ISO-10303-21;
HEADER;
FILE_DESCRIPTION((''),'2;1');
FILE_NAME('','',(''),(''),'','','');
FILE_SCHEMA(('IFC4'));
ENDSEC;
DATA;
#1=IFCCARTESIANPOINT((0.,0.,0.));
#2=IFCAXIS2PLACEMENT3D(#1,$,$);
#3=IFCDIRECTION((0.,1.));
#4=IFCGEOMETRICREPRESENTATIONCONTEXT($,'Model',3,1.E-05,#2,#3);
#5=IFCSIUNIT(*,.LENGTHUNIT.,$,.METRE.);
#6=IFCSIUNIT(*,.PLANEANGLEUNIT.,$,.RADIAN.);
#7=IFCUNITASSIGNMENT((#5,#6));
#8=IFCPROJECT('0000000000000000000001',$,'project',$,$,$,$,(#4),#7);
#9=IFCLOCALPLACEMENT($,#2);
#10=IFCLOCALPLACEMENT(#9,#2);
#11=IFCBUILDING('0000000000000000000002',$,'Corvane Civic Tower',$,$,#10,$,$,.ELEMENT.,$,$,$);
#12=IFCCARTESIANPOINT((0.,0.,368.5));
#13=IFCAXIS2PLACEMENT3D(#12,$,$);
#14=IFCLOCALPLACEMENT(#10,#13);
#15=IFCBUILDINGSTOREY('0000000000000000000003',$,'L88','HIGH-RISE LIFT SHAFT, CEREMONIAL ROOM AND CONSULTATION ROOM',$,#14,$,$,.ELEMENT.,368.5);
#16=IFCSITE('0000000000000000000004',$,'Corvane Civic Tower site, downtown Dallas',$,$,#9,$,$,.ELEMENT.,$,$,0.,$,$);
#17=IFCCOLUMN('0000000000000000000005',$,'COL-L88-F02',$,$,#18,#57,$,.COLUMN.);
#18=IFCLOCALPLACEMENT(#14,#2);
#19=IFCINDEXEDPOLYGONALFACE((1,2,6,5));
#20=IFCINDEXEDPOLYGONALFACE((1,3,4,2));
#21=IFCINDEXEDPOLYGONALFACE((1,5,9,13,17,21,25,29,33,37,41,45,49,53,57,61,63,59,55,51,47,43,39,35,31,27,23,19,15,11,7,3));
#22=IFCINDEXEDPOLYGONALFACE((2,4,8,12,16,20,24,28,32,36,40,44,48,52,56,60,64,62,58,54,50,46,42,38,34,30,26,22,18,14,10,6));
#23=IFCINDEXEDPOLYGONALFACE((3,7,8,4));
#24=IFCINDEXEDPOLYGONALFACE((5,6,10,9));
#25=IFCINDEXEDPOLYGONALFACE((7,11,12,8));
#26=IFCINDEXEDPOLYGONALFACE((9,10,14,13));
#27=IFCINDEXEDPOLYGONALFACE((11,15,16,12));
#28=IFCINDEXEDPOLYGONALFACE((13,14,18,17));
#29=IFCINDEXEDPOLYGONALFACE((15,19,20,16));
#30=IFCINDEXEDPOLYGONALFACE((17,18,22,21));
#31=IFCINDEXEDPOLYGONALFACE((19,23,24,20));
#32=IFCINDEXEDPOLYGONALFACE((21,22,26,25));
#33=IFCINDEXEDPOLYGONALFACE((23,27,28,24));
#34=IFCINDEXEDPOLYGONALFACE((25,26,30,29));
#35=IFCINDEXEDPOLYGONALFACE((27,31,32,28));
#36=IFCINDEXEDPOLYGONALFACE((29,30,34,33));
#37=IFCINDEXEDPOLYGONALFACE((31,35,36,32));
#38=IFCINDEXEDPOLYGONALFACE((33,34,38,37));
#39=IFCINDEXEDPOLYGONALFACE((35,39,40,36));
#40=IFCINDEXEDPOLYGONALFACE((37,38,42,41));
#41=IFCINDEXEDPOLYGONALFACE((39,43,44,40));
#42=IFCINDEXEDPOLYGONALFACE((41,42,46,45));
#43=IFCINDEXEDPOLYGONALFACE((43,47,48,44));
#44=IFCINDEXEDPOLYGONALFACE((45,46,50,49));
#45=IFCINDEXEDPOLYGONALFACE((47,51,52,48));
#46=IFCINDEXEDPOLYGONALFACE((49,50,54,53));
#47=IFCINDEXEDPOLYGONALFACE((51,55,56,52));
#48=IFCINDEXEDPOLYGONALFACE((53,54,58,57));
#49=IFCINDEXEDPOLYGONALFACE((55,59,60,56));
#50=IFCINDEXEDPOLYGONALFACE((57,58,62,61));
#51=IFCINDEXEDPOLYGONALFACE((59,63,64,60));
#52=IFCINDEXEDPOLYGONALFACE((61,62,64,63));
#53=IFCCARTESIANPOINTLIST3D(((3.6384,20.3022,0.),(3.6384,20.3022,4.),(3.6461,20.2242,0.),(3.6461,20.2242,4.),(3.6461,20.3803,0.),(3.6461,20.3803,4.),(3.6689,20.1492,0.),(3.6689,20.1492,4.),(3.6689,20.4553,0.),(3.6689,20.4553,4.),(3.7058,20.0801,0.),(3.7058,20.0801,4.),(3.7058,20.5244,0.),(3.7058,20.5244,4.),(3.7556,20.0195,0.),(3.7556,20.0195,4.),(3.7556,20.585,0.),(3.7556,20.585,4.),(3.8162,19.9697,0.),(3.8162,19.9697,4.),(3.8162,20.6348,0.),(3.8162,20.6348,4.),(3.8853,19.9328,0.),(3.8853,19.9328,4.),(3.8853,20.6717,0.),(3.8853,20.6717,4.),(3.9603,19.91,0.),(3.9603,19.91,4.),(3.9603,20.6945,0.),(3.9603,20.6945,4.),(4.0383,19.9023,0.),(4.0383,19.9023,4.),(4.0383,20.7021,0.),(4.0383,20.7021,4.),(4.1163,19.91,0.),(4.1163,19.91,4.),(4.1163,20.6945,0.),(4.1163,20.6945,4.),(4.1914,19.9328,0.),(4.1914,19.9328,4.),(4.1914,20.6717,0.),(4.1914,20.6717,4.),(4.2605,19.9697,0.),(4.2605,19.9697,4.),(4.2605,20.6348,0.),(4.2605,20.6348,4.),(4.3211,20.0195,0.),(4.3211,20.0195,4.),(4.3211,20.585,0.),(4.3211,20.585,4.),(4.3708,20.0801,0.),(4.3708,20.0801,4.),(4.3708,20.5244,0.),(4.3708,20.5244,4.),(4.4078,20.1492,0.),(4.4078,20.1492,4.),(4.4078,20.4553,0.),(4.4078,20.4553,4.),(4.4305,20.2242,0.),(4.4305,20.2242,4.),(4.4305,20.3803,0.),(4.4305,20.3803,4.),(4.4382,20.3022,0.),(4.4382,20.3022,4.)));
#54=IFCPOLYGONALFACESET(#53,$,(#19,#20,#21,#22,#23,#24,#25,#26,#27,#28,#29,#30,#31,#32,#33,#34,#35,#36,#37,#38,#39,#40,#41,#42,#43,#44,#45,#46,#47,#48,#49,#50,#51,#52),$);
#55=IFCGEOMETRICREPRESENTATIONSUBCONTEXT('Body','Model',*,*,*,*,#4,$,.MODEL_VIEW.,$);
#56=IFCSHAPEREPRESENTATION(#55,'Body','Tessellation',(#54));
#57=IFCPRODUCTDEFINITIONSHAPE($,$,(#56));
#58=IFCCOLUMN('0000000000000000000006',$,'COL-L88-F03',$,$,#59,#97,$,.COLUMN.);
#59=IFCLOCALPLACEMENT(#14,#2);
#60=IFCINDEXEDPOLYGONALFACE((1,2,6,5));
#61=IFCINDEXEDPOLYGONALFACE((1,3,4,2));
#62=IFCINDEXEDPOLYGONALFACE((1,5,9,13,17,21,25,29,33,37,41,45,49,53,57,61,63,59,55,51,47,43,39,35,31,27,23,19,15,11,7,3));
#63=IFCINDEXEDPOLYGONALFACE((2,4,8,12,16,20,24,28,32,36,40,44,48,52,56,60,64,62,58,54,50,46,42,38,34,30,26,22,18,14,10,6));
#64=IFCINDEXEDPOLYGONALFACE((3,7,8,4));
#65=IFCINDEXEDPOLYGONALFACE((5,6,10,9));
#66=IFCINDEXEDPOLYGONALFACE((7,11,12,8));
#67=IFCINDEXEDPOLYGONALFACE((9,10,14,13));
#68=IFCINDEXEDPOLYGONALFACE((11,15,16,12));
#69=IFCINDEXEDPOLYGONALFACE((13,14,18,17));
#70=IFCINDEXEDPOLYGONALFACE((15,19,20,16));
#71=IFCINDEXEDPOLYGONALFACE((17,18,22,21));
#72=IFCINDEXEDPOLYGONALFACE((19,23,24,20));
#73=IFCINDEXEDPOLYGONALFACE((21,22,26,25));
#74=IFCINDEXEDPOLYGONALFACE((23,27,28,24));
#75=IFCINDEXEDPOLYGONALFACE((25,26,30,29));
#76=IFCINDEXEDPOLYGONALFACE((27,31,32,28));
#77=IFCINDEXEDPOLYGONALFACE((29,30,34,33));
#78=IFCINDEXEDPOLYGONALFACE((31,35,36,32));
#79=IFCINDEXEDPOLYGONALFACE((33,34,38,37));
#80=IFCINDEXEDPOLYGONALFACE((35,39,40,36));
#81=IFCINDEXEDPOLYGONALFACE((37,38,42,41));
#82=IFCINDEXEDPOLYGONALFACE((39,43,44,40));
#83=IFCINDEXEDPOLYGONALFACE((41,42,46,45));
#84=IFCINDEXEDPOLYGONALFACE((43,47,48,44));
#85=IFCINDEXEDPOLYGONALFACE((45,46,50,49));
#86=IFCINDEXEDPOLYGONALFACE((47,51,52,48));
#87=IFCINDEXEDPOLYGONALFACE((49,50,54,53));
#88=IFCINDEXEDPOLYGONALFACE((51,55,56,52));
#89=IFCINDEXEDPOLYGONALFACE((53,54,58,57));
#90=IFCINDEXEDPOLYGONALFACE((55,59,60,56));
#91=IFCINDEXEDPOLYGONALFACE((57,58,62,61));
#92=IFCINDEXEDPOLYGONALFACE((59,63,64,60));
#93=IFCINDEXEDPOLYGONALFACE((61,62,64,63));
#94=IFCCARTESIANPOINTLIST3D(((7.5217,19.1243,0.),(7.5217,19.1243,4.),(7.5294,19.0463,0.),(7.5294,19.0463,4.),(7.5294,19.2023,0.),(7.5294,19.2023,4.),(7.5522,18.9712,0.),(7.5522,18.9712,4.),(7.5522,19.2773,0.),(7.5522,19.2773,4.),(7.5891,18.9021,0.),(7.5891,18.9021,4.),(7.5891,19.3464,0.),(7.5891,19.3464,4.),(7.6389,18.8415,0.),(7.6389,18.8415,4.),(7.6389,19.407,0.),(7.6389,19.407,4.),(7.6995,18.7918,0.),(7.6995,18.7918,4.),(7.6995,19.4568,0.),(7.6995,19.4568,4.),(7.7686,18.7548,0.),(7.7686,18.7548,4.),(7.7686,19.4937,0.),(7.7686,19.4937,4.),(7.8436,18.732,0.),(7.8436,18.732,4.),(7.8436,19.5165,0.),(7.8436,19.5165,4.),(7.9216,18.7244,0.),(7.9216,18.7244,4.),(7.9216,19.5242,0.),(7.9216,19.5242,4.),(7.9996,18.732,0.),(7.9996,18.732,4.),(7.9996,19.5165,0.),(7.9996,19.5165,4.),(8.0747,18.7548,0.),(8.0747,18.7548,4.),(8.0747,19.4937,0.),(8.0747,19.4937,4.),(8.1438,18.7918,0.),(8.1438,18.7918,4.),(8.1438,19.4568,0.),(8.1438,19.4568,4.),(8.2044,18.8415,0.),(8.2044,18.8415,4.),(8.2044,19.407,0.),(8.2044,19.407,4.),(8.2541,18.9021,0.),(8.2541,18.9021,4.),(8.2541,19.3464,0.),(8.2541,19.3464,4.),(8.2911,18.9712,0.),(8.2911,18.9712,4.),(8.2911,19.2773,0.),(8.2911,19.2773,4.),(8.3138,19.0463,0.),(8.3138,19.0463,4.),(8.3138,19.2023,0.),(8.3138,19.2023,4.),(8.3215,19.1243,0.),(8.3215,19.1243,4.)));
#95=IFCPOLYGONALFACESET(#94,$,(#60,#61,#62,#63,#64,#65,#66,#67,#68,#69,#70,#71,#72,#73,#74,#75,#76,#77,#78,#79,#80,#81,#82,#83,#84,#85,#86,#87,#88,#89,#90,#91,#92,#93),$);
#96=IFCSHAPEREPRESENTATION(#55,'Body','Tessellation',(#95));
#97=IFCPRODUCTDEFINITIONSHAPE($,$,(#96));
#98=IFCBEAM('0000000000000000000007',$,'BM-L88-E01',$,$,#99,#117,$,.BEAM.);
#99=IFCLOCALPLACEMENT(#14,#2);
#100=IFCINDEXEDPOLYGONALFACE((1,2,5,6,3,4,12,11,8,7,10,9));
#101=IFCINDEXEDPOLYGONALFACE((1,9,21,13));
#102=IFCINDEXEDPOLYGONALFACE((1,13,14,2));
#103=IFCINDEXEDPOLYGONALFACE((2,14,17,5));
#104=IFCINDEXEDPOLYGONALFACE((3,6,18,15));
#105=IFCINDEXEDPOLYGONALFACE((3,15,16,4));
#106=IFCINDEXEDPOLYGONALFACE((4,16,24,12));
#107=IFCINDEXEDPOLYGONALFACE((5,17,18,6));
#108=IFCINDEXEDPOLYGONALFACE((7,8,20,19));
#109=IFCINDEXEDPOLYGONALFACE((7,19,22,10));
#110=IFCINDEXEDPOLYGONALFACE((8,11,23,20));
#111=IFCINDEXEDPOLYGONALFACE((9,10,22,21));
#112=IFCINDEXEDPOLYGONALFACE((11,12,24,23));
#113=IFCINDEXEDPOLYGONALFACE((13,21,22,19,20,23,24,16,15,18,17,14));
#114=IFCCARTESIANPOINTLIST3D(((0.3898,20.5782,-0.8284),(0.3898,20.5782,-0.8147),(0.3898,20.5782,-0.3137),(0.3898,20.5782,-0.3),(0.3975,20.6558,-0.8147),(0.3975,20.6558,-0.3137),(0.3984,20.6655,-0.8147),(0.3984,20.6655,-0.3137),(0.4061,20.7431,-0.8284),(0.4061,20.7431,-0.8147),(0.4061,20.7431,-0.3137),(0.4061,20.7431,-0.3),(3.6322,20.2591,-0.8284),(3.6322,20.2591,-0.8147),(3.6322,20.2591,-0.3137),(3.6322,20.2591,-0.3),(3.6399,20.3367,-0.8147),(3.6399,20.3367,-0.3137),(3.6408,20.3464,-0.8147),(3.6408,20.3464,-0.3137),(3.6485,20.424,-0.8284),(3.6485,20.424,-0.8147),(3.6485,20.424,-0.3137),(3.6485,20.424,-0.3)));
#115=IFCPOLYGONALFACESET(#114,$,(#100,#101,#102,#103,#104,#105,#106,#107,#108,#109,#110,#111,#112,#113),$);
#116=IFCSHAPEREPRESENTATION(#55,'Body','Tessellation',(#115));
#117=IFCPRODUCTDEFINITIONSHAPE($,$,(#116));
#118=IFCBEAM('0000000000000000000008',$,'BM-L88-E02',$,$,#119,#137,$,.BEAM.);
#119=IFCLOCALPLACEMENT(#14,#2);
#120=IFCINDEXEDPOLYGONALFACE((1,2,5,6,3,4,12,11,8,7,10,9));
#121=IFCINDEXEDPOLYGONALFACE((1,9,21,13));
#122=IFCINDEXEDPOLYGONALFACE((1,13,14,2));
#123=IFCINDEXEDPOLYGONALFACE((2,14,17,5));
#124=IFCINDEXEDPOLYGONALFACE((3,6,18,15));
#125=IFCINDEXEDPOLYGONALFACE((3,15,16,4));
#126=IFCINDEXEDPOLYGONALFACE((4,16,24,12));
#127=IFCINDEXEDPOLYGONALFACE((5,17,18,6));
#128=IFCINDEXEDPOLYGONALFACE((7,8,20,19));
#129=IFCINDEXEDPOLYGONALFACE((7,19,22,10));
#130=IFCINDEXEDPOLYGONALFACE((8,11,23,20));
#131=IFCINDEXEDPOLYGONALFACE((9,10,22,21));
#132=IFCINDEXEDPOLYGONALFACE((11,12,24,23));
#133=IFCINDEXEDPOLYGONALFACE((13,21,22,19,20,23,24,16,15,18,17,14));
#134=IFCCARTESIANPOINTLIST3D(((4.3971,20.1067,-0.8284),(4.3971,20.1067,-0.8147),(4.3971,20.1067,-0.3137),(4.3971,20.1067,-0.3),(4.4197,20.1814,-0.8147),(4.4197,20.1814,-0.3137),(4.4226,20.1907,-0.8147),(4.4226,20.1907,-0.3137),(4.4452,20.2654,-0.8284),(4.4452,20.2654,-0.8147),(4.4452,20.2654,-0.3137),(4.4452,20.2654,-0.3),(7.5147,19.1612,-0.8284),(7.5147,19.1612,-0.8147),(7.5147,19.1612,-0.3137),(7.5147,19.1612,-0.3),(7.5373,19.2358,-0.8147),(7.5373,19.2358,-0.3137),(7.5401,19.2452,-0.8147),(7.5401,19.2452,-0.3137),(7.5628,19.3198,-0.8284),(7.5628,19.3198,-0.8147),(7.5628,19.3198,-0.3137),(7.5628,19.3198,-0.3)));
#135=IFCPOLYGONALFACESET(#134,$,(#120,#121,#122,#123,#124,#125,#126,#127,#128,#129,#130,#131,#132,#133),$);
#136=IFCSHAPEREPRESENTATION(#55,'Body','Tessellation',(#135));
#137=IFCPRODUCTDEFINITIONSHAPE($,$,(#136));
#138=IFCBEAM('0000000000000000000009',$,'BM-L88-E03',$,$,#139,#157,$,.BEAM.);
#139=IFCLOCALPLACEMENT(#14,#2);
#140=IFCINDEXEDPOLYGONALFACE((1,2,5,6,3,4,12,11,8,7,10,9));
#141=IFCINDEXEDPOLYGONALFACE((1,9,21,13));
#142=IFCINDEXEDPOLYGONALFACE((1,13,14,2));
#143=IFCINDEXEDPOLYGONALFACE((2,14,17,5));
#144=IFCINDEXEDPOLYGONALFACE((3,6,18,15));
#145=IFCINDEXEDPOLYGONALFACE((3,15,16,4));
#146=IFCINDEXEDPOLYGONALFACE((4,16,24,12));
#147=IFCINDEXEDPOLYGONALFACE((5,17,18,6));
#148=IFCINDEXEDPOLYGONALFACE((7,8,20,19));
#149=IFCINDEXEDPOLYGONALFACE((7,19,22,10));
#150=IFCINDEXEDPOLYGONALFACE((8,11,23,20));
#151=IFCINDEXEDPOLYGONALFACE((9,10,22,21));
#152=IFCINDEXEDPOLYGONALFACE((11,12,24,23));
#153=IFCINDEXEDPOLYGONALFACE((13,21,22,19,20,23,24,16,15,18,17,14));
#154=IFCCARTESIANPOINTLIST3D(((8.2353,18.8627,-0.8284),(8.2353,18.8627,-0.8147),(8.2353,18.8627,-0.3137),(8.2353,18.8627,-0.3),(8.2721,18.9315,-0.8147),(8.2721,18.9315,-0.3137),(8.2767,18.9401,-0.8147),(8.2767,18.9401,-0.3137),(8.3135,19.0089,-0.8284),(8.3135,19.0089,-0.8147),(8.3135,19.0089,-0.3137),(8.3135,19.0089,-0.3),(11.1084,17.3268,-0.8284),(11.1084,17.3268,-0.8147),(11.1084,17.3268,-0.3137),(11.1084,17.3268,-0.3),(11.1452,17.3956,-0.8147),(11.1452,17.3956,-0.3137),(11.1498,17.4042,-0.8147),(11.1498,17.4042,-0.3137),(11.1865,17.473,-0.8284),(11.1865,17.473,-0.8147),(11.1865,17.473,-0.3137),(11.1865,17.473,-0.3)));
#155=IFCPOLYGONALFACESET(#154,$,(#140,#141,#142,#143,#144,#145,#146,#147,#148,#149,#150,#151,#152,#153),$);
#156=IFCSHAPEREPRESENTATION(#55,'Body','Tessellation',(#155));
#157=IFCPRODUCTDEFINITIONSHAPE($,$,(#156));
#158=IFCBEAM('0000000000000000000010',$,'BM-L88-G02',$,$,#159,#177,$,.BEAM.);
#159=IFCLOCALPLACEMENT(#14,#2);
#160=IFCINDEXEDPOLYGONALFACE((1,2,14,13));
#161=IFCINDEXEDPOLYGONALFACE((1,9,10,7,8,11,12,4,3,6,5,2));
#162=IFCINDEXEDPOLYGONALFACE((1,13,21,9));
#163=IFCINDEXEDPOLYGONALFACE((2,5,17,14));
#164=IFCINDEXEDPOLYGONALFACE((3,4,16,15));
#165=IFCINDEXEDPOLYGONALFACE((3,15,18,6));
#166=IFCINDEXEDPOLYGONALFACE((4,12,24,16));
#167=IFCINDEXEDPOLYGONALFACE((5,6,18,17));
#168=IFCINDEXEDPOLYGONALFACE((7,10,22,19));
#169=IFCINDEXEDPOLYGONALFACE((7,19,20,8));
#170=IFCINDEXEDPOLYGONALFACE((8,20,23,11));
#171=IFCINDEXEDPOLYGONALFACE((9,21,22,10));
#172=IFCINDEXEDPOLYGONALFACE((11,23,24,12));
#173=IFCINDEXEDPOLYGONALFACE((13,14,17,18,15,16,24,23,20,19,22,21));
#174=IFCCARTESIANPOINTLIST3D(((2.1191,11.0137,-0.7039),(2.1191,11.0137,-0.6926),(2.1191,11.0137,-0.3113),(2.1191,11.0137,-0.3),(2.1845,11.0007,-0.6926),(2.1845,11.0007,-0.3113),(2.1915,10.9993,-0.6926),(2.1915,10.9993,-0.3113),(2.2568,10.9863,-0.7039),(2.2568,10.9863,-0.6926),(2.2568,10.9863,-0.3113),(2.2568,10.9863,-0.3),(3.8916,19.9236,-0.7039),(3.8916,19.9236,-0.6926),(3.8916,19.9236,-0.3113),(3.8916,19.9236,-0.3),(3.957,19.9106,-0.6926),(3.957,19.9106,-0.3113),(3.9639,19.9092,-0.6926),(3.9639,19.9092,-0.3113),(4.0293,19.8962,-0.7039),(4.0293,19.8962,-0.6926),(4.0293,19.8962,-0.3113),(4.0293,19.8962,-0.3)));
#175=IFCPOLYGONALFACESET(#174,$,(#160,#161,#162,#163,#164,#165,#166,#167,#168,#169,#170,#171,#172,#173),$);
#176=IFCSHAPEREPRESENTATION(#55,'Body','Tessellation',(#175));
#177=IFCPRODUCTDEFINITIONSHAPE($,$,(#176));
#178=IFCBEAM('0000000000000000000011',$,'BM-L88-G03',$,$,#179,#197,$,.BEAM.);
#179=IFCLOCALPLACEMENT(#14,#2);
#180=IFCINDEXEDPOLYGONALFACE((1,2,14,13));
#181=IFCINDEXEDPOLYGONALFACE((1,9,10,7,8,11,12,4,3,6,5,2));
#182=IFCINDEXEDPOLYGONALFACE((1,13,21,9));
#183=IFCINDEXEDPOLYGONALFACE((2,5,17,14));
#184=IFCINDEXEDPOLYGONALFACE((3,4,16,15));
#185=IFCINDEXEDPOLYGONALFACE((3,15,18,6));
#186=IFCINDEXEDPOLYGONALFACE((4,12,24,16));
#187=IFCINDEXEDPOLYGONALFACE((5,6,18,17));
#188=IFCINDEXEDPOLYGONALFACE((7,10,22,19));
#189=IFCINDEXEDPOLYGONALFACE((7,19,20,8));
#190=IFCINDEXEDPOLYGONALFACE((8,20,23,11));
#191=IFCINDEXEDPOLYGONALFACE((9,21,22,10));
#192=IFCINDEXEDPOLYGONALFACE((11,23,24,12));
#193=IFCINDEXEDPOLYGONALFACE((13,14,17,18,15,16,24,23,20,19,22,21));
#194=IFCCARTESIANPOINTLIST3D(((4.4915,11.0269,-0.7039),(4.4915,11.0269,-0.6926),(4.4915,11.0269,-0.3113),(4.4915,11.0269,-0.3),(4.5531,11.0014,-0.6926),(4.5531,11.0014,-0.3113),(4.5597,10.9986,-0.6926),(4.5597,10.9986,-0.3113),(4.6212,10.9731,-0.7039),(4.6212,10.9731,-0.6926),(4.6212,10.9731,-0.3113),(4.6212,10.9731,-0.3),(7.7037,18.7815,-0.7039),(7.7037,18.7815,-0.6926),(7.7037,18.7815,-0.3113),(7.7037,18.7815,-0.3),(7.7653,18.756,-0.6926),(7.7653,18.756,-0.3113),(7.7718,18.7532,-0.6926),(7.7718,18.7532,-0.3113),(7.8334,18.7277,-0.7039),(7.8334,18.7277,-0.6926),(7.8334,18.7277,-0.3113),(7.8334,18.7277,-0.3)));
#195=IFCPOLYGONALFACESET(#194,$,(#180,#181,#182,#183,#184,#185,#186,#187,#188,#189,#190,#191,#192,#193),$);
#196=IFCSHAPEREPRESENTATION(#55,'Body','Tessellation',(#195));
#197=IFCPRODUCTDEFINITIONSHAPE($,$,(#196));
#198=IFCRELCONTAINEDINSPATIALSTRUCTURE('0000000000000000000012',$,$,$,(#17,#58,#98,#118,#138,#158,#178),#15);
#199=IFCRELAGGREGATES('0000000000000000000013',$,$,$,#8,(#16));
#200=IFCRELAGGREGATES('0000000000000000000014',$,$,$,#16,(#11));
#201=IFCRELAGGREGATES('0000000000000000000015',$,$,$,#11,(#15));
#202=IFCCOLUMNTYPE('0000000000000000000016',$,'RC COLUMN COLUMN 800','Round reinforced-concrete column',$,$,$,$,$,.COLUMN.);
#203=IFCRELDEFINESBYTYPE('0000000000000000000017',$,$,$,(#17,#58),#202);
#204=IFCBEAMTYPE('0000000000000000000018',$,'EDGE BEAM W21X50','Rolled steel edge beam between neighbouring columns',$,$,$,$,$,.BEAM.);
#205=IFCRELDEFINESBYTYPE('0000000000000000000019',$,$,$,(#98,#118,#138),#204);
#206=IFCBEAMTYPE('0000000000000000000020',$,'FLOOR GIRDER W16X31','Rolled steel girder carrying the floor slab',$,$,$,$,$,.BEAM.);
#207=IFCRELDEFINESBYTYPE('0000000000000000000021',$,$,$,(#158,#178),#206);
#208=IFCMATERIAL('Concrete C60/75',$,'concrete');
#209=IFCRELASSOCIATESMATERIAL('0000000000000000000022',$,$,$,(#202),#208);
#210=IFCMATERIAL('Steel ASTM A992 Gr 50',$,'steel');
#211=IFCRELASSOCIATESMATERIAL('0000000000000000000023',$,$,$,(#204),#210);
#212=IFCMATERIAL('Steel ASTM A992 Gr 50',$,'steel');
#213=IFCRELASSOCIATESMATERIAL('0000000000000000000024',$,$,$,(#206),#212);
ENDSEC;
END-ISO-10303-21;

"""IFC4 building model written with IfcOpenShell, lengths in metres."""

from ifc_helpers import new_model, si_unit, direction, frame, origin, origin_2d, place, context, subcontext, project, spatial, circle, i_section, extrude, material, material_profile, profile_set, type_object, element, save


model = new_model("IFC4")

# Units and contexts
model_context = context("Model", 3, precision=1e-05, world=origin(), true_north=direction((0.0, 1.0)))
body_context = subcontext(model_context, "Body", "Model", "MODEL_VIEW")
ifc_project = project(units=[si_unit("LENGTHUNIT", "METRE"), si_unit("PLANEANGLEUNIT", "RADIAN")], contexts=[model_context])

# Site, building, storey
site_placement = place(None, origin())
site = spatial("IfcSite", under=ifc_project, at=site_placement, Name="Corvane Civic Tower site, downtown Dallas", CompositionType="ELEMENT", RefElevation=0.0)
building_placement = place(site_placement, origin())
building = spatial("IfcBuilding", under=site, at=building_placement, Name="Corvane Civic Tower", CompositionType="ELEMENT")
storey_placement = place(building_placement, frame((0.0, 0.0, 368.5)))
storey = spatial("IfcBuildingStorey", under=building, at=storey_placement, Name="L88", Description="HIGH-RISE LIFT SHAFT, CEREMONIAL ROOM AND CONSULTATION ROOM", CompositionType="ELEMENT", Elevation=368.5)

# Columns
ifc_material_1 = material(Name="Concrete C60/75", Category="concrete")
ifc_material_profile_1 = material_profile(ifc_material_1, circle(Radius=0.3999, at=origin_2d()), Name="COLUMN 800")
ifc_profile_set_1 = profile_set([ifc_material_profile_1], Name="Concrete C60/75")
column_type = type_object("IfcColumnType", Name="RC COLUMN COLUMN 800", Description="Round reinforced-concrete column", PredefinedType="COLUMN", material=ifc_profile_set_1)
for number, where, z_axis, x_axis, name in (
    (1, (4.0383, 20.3022, 0.0), (0.0, 0.0, 1.0), (1.0, 0.0, 0.0), "COL-L88-F02"),
    (2, (7.9216, 19.1243, 0.0), (0.0, 0.0, 1.0), (1.0, 0.0, 0.0), "COL-L88-F03"),
):
    element("IfcColumn", number, at=place(storey_placement, frame(where, z_axis=z_axis, x_axis=x_axis)), inside=storey, type_object=column_type, Name=name, PredefinedType="COLUMN", context=body_context, shape_type="SweptSolid", body=[
        extrude(circle(Radius=0.3999, at=origin_2d()), origin(), (0.0, 0.0, 1.0), 4.0),
    ])

# Beams
ifc_material_2 = material(Name="Steel ASTM A992 Gr 50", Category="steel")
ifc_material_profile_2 = material_profile(ifc_material_2, i_section(OverallWidth=0.1658, OverallDepth=0.5283, WebThickness=0.0098, FlangeThickness=0.0137, at=origin_2d()), Name="W21X50")
ifc_profile_set_2 = profile_set([ifc_material_profile_2], Name="Steel ASTM A992 Gr 50")
beam_type_1 = type_object("IfcBeamType", Name="EDGE BEAM W21X50", Description="Rolled steel edge beam between neighbouring columns", PredefinedType="BEAM", material=ifc_profile_set_2)
beam_1_placement = place(storey_placement, frame((0.3979, 20.6606, -0.5642), z_axis=(0.995193, -0.097938, 0.0), x_axis=(0.097938, 0.995193, 0.0)))
element("IfcBeam", 3, at=beam_1_placement, inside=storey, type_object=beam_type_1, Name="BM-L88-E01", PredefinedType="BEAM", context=body_context, shape_type="SweptSolid", body=[
    extrude(i_section(OverallWidth=0.1658, OverallDepth=0.5283, WebThickness=0.0098, FlangeThickness=0.0137, at=origin_2d()), origin(), (0.0, 0.0, 1.0), 3.2581),
])
for number, where, z_axis, x_axis, name in (
    (4, (4.4211, 20.186, -0.5642), (0.956956, -0.290234, 0.0), (0.290234, 0.956956, 0.0), "BM-L88-E02"),
    (5, (8.2744, 18.9358, -0.5642), (0.881894, -0.471448, 0.0), (0.471448, 0.881894, 0.0), "BM-L88-E03"),
):
    element("IfcBeam", number, at=place(storey_placement, frame(where, z_axis=z_axis, x_axis=x_axis)), inside=storey, type_object=beam_type_1, Name=name, PredefinedType="BEAM", context=body_context, shape_type="SweptSolid", body=[
        extrude(i_section(OverallWidth=0.1658, OverallDepth=0.5283, WebThickness=0.0098, FlangeThickness=0.0137, at=origin_2d()), origin(), (0.0, 0.0, 1.0), 3.2578),
    ])
ifc_material_3 = material(Name="Steel ASTM A992 Gr 50", Category="steel")
ifc_material_profile_3 = material_profile(ifc_material_3, i_section(OverallWidth=0.1404, OverallDepth=0.4038, WebThickness=0.0071, FlangeThickness=0.0112, at=origin_2d()), Name="W16X31")
ifc_profile_set_3 = profile_set([ifc_material_profile_3], Name="Steel ASTM A992 Gr 50")
beam_type_2 = type_object("IfcBeamType", Name="FLOOR GIRDER W16X31", Description="Rolled steel girder carrying the floor slab", PredefinedType="BEAM", material=ifc_profile_set_3)
beam_2_placement = place(storey_placement, frame((2.188, 11.0, -0.502), z_axis=(0.195108, 0.980782, 0.0), x_axis=(-0.980782, 0.195108, 0.0)))
element("IfcBeam", 6, at=beam_2_placement, inside=storey, type_object=beam_type_2, Name="BM-L88-G02", PredefinedType="BEAM", context=body_context, shape_type="SweptSolid", body=[
    extrude(i_section(OverallWidth=0.1404, OverallDepth=0.4038, WebThickness=0.0071, FlangeThickness=0.0112, at=origin_2d()), origin(), (0.0, 0.0, 1.0), 9.0845),
])
beam_3_placement = place(storey_placement, frame((4.5564, 11.0, -0.502), z_axis=(0.382692, 0.923876, 0.0), x_axis=(-0.923876, 0.382692, 0.0)))
element("IfcBeam", 7, at=beam_3_placement, inside=storey, type_object=beam_type_2, Name="BM-L88-G03", PredefinedType="BEAM", context=body_context, shape_type="SweptSolid", body=[
    extrude(i_section(OverallWidth=0.1404, OverallDepth=0.4038, WebThickness=0.0071, FlangeThickness=0.0112, at=origin_2d()), origin(), (0.0, 0.0, 1.0), 8.3936),
])

save(model, "model.ifc")
